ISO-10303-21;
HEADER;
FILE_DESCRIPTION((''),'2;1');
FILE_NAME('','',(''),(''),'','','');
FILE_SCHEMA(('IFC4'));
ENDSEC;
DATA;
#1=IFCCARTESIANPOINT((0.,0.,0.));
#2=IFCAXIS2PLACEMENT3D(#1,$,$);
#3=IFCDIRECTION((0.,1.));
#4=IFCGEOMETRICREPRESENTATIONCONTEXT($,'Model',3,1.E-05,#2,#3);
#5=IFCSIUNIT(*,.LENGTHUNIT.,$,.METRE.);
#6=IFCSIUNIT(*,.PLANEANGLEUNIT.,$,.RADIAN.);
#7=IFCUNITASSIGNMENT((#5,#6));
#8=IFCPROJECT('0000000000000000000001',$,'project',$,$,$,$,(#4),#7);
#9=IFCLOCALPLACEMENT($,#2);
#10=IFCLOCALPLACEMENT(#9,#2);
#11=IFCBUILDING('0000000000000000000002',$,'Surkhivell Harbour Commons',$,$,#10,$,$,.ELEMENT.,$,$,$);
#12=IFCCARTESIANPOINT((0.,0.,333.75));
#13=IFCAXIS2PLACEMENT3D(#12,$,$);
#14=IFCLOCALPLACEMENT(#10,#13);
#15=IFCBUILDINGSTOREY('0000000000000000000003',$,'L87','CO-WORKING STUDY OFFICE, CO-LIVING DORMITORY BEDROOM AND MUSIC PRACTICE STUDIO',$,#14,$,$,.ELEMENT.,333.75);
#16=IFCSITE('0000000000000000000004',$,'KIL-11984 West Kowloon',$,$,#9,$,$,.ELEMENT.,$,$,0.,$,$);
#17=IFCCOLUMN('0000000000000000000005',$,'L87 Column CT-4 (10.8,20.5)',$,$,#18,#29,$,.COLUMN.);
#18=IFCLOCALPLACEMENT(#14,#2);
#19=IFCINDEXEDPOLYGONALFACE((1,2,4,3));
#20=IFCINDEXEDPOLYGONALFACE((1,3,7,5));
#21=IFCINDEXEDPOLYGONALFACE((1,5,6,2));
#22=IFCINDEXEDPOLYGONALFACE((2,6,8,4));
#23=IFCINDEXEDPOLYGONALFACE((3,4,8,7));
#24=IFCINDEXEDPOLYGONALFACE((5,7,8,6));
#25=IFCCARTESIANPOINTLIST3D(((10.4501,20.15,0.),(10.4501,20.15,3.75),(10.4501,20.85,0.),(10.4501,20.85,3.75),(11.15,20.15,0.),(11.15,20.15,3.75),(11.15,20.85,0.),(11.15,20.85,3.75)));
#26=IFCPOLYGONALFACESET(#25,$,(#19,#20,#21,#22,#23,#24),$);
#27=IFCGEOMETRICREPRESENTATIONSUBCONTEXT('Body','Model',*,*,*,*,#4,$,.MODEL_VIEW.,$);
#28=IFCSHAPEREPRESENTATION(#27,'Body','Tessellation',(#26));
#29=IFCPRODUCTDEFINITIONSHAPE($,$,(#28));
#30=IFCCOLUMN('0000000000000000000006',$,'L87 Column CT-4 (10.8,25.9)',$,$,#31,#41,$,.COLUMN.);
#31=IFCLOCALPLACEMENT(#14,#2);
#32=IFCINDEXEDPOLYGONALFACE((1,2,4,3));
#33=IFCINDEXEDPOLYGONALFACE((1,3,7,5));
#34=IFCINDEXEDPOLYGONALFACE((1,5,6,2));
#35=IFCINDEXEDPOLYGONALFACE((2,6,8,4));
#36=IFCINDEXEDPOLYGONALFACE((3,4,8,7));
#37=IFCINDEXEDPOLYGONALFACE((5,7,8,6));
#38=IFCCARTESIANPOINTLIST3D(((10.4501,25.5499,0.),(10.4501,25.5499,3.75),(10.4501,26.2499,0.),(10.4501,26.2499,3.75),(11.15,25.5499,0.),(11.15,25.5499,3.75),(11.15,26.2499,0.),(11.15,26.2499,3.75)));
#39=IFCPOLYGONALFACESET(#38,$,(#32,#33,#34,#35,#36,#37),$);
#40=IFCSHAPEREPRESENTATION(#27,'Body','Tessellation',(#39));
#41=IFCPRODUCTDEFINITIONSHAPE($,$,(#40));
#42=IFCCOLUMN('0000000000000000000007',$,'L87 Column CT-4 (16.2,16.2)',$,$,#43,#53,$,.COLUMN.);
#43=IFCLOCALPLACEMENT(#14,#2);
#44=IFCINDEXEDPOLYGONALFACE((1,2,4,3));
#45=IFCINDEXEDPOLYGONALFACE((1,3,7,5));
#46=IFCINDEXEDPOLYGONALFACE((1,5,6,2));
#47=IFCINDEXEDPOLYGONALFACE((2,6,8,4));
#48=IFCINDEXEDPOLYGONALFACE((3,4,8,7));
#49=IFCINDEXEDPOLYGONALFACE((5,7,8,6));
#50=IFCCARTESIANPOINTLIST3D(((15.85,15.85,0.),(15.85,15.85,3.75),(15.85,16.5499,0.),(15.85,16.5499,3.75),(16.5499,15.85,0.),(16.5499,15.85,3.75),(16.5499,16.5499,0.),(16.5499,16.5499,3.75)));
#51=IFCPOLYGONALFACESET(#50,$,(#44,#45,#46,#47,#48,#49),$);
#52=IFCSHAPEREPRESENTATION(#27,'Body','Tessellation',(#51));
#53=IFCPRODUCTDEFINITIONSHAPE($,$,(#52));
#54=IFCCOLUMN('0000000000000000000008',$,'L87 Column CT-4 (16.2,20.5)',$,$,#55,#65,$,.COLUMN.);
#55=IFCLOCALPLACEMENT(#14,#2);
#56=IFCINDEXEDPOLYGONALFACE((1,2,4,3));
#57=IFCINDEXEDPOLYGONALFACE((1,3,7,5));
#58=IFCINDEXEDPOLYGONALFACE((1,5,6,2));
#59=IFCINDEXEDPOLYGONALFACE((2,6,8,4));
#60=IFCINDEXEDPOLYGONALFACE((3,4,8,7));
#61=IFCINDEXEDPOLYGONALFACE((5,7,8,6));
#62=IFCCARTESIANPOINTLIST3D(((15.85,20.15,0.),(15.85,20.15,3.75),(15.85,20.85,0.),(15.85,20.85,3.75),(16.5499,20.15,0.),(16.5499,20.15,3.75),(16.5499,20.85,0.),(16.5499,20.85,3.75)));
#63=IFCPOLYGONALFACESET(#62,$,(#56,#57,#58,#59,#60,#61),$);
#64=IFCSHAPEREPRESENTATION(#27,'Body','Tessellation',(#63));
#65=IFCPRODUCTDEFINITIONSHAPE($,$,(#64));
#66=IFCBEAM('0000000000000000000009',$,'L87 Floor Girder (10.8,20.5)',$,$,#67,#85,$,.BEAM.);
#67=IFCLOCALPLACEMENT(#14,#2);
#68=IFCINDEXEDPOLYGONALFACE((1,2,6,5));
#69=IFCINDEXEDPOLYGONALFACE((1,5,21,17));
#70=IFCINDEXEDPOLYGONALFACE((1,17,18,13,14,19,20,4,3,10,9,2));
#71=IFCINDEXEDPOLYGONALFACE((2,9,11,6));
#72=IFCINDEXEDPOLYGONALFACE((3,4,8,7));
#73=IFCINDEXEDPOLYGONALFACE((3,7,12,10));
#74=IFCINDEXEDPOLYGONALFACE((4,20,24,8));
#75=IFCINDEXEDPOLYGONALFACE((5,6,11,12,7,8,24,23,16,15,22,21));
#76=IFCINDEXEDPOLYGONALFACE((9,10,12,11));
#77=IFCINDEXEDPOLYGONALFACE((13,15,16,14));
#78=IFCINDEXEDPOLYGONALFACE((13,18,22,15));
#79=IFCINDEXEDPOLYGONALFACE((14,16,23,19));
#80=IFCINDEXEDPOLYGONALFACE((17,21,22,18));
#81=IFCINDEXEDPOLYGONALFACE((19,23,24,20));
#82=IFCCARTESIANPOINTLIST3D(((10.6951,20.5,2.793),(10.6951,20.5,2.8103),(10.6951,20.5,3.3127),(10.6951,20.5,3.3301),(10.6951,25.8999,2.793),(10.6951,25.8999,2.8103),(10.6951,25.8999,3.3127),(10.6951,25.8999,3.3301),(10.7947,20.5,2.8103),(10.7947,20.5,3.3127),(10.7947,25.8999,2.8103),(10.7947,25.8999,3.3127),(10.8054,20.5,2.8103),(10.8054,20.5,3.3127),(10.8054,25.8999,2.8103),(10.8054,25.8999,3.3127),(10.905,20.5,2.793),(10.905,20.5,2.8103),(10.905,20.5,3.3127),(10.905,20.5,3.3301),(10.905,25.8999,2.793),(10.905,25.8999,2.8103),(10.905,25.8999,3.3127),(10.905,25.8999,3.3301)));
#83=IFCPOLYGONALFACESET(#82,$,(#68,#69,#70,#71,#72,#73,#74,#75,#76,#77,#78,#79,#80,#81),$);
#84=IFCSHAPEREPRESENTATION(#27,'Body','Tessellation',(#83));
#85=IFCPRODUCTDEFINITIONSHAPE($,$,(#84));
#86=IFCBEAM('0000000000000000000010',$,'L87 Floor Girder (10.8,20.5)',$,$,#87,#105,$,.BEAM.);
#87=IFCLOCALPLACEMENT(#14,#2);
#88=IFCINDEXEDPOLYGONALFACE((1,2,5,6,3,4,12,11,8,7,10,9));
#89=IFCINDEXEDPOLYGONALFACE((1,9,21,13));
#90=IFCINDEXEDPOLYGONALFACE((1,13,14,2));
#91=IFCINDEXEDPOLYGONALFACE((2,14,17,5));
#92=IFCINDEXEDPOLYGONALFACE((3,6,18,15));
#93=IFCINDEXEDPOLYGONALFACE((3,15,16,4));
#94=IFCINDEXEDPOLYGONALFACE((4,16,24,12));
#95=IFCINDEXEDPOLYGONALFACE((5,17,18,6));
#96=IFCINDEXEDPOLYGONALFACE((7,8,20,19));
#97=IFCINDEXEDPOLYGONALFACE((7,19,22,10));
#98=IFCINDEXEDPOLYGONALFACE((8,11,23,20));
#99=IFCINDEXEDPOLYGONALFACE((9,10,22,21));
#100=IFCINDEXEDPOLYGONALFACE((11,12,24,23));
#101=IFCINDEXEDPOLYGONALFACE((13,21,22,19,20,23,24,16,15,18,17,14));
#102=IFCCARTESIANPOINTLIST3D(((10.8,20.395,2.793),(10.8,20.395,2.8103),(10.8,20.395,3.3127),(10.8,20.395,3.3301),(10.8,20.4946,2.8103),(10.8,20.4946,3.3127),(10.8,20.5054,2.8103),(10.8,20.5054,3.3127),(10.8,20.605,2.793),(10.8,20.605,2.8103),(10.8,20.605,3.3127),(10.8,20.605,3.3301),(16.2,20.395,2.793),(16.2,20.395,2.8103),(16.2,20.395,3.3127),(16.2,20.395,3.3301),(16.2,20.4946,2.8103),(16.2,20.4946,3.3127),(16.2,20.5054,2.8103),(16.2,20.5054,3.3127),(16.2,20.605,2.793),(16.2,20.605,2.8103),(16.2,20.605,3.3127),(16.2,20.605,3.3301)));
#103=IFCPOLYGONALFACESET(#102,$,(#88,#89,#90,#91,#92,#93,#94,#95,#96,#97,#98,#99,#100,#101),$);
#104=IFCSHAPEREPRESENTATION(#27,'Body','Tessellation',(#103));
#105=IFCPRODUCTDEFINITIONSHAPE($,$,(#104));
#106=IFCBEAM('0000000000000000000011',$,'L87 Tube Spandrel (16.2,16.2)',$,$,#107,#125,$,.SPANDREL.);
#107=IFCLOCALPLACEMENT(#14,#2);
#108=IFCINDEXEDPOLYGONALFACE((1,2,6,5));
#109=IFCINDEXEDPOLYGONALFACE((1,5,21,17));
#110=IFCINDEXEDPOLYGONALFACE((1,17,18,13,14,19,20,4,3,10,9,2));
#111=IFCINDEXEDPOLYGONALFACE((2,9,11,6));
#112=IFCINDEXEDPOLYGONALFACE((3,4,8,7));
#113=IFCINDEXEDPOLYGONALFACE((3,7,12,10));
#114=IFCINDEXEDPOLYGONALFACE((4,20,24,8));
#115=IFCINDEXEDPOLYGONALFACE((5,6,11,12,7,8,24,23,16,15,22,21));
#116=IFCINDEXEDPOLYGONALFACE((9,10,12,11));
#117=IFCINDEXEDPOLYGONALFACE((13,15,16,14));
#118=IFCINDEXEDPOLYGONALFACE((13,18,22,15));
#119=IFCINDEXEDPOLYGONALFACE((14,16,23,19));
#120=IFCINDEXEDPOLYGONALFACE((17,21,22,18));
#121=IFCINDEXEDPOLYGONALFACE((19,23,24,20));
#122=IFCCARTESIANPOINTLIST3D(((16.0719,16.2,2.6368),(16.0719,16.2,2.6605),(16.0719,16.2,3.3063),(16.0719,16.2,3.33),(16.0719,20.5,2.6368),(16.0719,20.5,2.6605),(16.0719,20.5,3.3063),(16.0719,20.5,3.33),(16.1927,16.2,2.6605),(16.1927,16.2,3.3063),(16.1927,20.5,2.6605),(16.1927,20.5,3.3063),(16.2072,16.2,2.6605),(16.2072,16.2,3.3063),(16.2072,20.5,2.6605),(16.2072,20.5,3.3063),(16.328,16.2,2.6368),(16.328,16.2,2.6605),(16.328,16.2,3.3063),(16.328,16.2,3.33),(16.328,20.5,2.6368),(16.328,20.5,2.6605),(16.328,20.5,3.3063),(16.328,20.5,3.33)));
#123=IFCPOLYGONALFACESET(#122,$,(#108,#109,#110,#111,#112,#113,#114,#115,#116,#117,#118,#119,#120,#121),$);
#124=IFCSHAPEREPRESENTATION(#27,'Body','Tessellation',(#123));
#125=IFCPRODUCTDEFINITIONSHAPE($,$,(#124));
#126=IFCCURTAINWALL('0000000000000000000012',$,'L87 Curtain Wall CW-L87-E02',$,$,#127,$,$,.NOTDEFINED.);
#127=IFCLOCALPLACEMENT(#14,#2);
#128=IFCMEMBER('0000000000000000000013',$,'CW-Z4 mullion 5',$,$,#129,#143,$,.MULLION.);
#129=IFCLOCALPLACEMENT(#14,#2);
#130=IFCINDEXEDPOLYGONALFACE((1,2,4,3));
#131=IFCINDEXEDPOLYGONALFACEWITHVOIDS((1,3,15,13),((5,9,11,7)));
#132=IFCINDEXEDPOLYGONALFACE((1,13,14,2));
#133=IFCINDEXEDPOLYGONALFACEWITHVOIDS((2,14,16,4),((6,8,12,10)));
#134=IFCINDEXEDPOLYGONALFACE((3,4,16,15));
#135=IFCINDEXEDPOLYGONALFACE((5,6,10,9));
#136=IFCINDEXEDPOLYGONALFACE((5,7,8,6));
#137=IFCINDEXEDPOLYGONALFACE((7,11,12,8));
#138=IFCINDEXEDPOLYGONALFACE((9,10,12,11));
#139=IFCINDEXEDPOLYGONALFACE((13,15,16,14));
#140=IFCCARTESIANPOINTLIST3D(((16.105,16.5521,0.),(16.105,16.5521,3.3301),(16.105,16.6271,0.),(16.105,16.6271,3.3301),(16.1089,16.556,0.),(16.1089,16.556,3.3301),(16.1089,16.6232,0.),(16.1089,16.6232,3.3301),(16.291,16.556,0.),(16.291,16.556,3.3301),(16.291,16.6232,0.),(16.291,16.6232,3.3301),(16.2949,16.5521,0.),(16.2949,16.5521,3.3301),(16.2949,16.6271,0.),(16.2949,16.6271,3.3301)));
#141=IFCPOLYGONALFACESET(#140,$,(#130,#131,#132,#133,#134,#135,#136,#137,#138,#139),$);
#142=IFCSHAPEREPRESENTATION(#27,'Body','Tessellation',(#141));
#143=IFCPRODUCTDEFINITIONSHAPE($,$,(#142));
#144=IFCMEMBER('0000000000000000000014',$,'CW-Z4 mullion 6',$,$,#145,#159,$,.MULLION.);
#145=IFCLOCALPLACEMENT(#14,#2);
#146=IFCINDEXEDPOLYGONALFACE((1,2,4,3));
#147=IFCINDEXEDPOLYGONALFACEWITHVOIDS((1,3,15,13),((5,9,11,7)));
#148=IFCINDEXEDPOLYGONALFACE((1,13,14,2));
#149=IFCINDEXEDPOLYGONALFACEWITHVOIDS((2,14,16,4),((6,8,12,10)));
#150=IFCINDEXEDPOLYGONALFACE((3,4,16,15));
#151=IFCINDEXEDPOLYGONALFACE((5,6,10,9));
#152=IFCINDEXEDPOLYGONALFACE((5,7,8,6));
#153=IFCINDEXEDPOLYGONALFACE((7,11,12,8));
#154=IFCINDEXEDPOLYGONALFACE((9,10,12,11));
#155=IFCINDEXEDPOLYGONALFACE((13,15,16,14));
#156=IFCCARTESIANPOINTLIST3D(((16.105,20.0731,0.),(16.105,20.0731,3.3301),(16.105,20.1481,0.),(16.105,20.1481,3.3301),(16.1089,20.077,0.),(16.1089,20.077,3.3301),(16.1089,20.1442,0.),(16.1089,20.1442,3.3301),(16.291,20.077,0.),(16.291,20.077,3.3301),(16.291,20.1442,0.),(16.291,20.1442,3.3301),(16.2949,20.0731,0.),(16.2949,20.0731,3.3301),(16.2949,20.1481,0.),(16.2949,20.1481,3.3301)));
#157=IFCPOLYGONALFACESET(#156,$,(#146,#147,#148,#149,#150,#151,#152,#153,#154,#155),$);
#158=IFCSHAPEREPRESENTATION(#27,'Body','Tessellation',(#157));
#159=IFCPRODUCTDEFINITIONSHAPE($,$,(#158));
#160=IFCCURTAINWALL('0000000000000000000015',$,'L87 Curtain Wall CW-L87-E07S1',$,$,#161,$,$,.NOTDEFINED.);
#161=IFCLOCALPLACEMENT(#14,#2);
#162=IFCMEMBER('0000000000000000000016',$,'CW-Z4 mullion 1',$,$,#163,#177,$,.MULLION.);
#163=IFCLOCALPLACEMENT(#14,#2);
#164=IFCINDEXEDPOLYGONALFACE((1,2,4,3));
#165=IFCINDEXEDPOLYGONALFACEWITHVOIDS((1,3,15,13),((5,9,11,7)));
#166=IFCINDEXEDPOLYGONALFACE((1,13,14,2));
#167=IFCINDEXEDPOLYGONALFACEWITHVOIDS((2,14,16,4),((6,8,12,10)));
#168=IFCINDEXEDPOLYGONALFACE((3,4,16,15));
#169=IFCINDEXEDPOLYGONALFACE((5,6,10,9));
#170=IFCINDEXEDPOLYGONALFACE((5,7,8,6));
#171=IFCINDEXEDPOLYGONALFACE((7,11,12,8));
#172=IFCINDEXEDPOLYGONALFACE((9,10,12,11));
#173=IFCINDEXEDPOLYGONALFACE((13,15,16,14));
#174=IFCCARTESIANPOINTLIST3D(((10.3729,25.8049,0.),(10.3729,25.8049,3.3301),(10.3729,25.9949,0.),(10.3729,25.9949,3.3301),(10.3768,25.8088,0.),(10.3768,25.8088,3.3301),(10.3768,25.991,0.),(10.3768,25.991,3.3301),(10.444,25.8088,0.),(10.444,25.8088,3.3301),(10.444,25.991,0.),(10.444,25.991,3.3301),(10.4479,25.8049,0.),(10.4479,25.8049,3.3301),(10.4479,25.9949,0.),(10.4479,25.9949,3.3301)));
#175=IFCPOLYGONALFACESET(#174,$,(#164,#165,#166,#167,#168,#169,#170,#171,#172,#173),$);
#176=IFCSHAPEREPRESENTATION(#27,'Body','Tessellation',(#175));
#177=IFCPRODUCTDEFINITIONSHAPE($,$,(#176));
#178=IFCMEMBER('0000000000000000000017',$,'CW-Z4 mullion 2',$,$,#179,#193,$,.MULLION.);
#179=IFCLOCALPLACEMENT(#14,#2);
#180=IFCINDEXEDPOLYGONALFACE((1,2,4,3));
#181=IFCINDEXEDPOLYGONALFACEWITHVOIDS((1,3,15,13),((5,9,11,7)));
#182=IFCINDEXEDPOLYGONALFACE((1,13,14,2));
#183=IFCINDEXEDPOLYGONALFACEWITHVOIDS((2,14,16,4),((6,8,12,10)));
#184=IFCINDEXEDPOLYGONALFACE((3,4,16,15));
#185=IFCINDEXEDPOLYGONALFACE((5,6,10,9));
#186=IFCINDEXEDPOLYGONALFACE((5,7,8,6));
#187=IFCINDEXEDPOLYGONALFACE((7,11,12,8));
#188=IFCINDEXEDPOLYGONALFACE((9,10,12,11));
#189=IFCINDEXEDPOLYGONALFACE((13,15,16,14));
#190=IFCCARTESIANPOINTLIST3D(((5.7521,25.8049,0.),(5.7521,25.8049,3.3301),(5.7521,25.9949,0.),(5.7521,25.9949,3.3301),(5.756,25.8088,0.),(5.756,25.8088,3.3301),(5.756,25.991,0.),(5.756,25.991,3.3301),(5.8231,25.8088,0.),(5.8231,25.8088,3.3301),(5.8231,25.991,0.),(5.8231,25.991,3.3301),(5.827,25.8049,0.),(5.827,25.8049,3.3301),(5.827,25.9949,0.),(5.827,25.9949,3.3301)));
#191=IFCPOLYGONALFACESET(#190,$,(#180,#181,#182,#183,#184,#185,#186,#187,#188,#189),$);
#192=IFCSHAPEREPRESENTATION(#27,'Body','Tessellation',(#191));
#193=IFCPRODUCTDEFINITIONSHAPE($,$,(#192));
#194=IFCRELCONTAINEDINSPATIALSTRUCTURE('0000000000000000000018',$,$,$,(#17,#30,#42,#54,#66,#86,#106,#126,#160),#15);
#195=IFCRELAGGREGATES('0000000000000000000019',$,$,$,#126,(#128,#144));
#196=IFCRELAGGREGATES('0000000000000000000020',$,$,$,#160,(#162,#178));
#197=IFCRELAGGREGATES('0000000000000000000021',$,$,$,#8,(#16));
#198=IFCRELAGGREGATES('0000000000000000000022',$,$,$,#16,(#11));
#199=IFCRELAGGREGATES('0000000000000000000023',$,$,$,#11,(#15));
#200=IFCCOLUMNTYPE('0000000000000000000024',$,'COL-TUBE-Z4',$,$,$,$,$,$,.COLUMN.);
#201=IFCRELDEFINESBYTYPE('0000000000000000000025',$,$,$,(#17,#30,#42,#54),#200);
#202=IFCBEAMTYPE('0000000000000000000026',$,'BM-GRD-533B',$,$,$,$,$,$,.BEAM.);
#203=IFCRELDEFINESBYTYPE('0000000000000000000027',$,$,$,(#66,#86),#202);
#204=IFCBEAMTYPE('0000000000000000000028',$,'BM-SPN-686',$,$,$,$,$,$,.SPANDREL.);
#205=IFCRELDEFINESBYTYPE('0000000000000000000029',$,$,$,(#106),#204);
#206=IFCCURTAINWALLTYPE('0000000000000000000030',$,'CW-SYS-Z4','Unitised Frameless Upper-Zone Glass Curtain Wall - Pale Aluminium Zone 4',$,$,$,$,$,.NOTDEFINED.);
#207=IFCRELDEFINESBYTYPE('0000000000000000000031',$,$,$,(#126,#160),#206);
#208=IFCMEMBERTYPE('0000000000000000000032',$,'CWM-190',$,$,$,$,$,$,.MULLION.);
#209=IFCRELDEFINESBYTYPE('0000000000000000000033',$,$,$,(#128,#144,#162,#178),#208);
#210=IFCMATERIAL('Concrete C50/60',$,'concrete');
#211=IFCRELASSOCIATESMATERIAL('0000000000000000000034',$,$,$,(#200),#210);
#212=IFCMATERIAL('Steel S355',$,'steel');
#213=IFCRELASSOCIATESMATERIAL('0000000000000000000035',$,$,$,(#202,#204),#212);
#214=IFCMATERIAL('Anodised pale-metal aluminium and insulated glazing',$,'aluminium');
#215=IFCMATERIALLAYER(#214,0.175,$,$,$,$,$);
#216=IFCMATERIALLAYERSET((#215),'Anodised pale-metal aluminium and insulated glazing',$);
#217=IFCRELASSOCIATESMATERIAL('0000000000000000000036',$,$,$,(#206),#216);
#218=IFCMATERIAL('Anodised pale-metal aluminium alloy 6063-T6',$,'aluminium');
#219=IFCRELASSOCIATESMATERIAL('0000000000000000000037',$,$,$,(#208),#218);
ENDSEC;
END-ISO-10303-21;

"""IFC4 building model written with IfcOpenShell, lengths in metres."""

from ifc_helpers import new_model, si_unit, direction, frame, origin, origin_2d, place, context, subcontext, project, spatial, rectangle, hollow_rectangle, i_section, extrude, material, layer, layer_set, material_profile, profile_set, type_object, element, aggregate, save


model = new_model("IFC4")

# Units and contexts
model_context = context("Model", 3, precision=1e-05, world=origin(), true_north=direction((0.0, 1.0)))
body_context = subcontext(model_context, "Body", "Model", "MODEL_VIEW")
ifc_project = project(units=[si_unit("LENGTHUNIT", "METRE"), si_unit("PLANEANGLEUNIT", "RADIAN")], contexts=[model_context])

# Site, building, storey
site_placement = place(None, origin())
site = spatial("IfcSite", under=ifc_project, at=site_placement, Name="KIL-11984 West Kowloon", CompositionType="ELEMENT", RefElevation=0.0)
building_placement = place(site_placement, origin())
building = spatial("IfcBuilding", under=site, at=building_placement, Name="Surkhivell Harbour Commons", CompositionType="ELEMENT")
storey_placement = place(building_placement, frame((0.0, 0.0, 333.75)))
storey = spatial("IfcBuildingStorey", under=building, at=storey_placement, Name="L87", Description="CO-WORKING STUDY OFFICE, CO-LIVING DORMITORY BEDROOM AND MUSIC PRACTICE STUDIO", CompositionType="ELEMENT", Elevation=333.75)

# Columns
ifc_material_1 = material(Name="Concrete C50/60", Category="concrete")
ifc_material_profile_1 = material_profile(ifc_material_1, rectangle(XDim=0.7, YDim=0.7, at=origin_2d()), Name="RC-COL-700x700")
ifc_profile_set_1 = profile_set([ifc_material_profile_1], Name="Concrete C50/60")
column_type = type_object("IfcColumnType", Name="COL-TUBE-Z4", PredefinedType="COLUMN", material=ifc_profile_set_1)
for number, where, z_axis, x_axis, name in (
    (1, (10.8, 20.5, 0.0), (0.0, 0.0, 1.0), (1.0, 0.0, 0.0), "L87 Column CT-4 (10.8,20.5)"),
    (2, (10.8, 25.8999, 0.0), (0.0, 0.0, 1.0), (1.0, 0.0, 0.0), "L87 Column CT-4 (10.8,25.9)"),
    (3, (16.2, 16.2, 0.0), (0.0, 0.0, 1.0), (1.0, 0.0, 0.0), "L87 Column CT-4 (16.2,16.2)"),
    (4, (16.2, 20.5, 0.0), (0.0, 0.0, 1.0), (1.0, 0.0, 0.0), "L87 Column CT-4 (16.2,20.5)"),
):
    element("IfcColumn", number, at=place(storey_placement, frame(where, z_axis=z_axis, x_axis=x_axis)), inside=storey, type_object=column_type, Name=name, PredefinedType="COLUMN", context=body_context, shape_type="SweptSolid", body=[
        extrude(rectangle(XDim=0.7, YDim=0.7, at=origin_2d()), origin(), (0.0, 0.0, 1.0), 3.75),
    ])

# Beams
ifc_material_2 = material(Name="Steel S355", Category="steel")
ifc_material_profile_2 = material_profile(ifc_material_2, i_section(OverallWidth=0.21, OverallDepth=0.5371, WebThickness=0.0107, FlangeThickness=0.0173, at=origin_2d()), Name="UB533x210x101")
ifc_profile_set_2 = profile_set([ifc_material_profile_2], Name="Steel S355")
beam_type_1 = type_object("IfcBeamType", Name="BM-GRD-533B", PredefinedType="BEAM", material=ifc_profile_set_2)
for number, where, z_axis, x_axis, name in (
    (5, (10.8, 20.5, 3.0615), (0.0, 1.0, 0.0), (-1.0, 0.0, 0.0), "L87 Floor Girder (10.8,20.5)"),
    (6, (10.8, 20.5, 3.0615), (1.0, 0.0, 0.0), (0.0, 1.0, 0.0), "L87 Floor Girder (10.8,20.5)"),
):
    element("IfcBeam", number, at=place(storey_placement, frame(where, z_axis=z_axis, x_axis=x_axis)), inside=storey, type_object=beam_type_1, Name=name, PredefinedType="BEAM", context=body_context, shape_type="SweptSolid", body=[
        extrude(i_section(OverallWidth=0.21, OverallDepth=0.5371, WebThickness=0.0107, FlangeThickness=0.0173, at=origin_2d()), origin(), (0.0, 0.0, 1.0), 5.3999),
    ])
ifc_material_profile_3 = material_profile(ifc_material_2, i_section(OverallWidth=0.2561, OverallDepth=0.6931, WebThickness=0.0144, FlangeThickness=0.0237, at=origin_2d()), Name="UB686x254x170")
ifc_profile_set_3 = profile_set([ifc_material_profile_3], Name="Steel S355")
beam_type_2 = type_object("IfcBeamType", Name="BM-SPN-686", PredefinedType="SPANDREL", material=ifc_profile_set_3)
beam_placement = place(storey_placement, frame((16.2, 16.2, 2.9834), z_axis=(0.0, 1.0, 0.0), x_axis=(-1.0, 0.0, 0.0)))
element("IfcBeam", 7, at=beam_placement, inside=storey, type_object=beam_type_2, Name="L87 Tube Spandrel (16.2,16.2)", PredefinedType="SPANDREL", context=body_context, shape_type="SweptSolid", body=[
    extrude(i_section(OverallWidth=0.2561, OverallDepth=0.6931, WebThickness=0.0144, FlangeThickness=0.0237, at=origin_2d()), origin(), (0.0, 0.0, 1.0), 4.3),
])

# Curtain walls, members
ifc_material_3 = material(Name="Anodised pale-metal aluminium and insulated glazing", Category="aluminium")
ifc_layer_1 = layer(ifc_material_3, 0.175)
ifc_layer_set_1 = layer_set([ifc_layer_1], Name="Anodised pale-metal aluminium and insulated glazing")
curtain_wall_type = type_object("IfcCurtainWallType", Name="CW-SYS-Z4", Description="Unitised Frameless Upper-Zone Glass Curtain Wall - Pale Aluminium Zone 4", PredefinedType="NOTDEFINED", material=ifc_layer_set_1)
curtain_wall_1_placement = place(storey_placement, origin())
curtain_wall_1 = element("IfcCurtainWall", 8, at=curtain_wall_1_placement, inside=storey, type_object=curtain_wall_type, Name="L87 Curtain Wall CW-L87-E02", PredefinedType="NOTDEFINED")
ifc_material_4 = material(Name="Anodised pale-metal aluminium alloy 6063-T6", Category="aluminium")
ifc_material_profile_4 = material_profile(ifc_material_4, hollow_rectangle(XDim=0.075, YDim=0.1899, WallThickness=0.0039, at=origin_2d()), Name="ALU-MULL-75x190")
ifc_profile_set_4 = profile_set([ifc_material_profile_4], Name="Anodised pale-metal aluminium alloy 6063-T6")
member_type_1 = type_object("IfcMemberType", Name="CWM-190", PredefinedType="MULLION", material=ifc_profile_set_4)
member_1_placement = place(storey_placement, frame((16.2, 16.5896, 0.0), z_axis=(0.0, 0.0, 1.0), x_axis=(0.0, 1.0, 0.0)))
member_1 = element("IfcMember", 9, at=member_1_placement, type_object=member_type_1, Name="CW-Z4 mullion 5", PredefinedType="MULLION", context=body_context, shape_type="SweptSolid", body=[
    extrude(hollow_rectangle(XDim=0.075, YDim=0.1899, WallThickness=0.0039, at=origin_2d()), origin(), (0.0, 0.0, 1.0), 3.3301),
])
member_2_placement = place(storey_placement, frame((16.2, 20.1106, 0.0), z_axis=(0.0, 0.0, 1.0), x_axis=(0.0, 1.0, 0.0)))
member_2 = element("IfcMember", 10, at=member_2_placement, type_object=member_type_1, Name="CW-Z4 mullion 6", PredefinedType="MULLION", context=body_context, shape_type="SweptSolid", body=[
    extrude(hollow_rectangle(XDim=0.075, YDim=0.1899, WallThickness=0.0039, at=origin_2d()), origin(), (0.0, 0.0, 1.0), 3.3301),
])
curtain_wall_2_placement = place(storey_placement, origin())
curtain_wall_2 = element("IfcCurtainWall", 11, at=curtain_wall_2_placement, inside=storey, type_object=curtain_wall_type, Name="L87 Curtain Wall CW-L87-E07S1", PredefinedType="NOTDEFINED")
member_3_placement = place(storey_placement, frame((10.4104, 25.8999, 0.0), z_axis=(0.0, 0.0, 1.0), x_axis=(-1.0, 0.0, 0.0)))
member_3 = element("IfcMember", 12, at=member_3_placement, type_object=member_type_1, Name="CW-Z4 mullion 1", PredefinedType="MULLION", context=body_context, shape_type="SweptSolid", body=[
    extrude(hollow_rectangle(XDim=0.075, YDim=0.1899, WallThickness=0.0039, at=origin_2d()), origin(), (0.0, 0.0, 1.0), 3.3301),
])
member_4_placement = place(storey_placement, frame((5.7896, 25.8999, 0.0), z_axis=(0.0, 0.0, 1.0), x_axis=(-1.0, 0.0, 0.0)))
member_4 = element("IfcMember", 13, at=member_4_placement, type_object=member_type_1, Name="CW-Z4 mullion 2", PredefinedType="MULLION", context=body_context, shape_type="SweptSolid", body=[
    extrude(hollow_rectangle(XDim=0.075, YDim=0.1899, WallThickness=0.0039, at=origin_2d()), origin(), (0.0, 0.0, 1.0), 3.3301),
])

aggregate(curtain_wall_1, [member_1, member_2])
aggregate(curtain_wall_2, [member_3, member_4])

save(model, "model.ifc")
